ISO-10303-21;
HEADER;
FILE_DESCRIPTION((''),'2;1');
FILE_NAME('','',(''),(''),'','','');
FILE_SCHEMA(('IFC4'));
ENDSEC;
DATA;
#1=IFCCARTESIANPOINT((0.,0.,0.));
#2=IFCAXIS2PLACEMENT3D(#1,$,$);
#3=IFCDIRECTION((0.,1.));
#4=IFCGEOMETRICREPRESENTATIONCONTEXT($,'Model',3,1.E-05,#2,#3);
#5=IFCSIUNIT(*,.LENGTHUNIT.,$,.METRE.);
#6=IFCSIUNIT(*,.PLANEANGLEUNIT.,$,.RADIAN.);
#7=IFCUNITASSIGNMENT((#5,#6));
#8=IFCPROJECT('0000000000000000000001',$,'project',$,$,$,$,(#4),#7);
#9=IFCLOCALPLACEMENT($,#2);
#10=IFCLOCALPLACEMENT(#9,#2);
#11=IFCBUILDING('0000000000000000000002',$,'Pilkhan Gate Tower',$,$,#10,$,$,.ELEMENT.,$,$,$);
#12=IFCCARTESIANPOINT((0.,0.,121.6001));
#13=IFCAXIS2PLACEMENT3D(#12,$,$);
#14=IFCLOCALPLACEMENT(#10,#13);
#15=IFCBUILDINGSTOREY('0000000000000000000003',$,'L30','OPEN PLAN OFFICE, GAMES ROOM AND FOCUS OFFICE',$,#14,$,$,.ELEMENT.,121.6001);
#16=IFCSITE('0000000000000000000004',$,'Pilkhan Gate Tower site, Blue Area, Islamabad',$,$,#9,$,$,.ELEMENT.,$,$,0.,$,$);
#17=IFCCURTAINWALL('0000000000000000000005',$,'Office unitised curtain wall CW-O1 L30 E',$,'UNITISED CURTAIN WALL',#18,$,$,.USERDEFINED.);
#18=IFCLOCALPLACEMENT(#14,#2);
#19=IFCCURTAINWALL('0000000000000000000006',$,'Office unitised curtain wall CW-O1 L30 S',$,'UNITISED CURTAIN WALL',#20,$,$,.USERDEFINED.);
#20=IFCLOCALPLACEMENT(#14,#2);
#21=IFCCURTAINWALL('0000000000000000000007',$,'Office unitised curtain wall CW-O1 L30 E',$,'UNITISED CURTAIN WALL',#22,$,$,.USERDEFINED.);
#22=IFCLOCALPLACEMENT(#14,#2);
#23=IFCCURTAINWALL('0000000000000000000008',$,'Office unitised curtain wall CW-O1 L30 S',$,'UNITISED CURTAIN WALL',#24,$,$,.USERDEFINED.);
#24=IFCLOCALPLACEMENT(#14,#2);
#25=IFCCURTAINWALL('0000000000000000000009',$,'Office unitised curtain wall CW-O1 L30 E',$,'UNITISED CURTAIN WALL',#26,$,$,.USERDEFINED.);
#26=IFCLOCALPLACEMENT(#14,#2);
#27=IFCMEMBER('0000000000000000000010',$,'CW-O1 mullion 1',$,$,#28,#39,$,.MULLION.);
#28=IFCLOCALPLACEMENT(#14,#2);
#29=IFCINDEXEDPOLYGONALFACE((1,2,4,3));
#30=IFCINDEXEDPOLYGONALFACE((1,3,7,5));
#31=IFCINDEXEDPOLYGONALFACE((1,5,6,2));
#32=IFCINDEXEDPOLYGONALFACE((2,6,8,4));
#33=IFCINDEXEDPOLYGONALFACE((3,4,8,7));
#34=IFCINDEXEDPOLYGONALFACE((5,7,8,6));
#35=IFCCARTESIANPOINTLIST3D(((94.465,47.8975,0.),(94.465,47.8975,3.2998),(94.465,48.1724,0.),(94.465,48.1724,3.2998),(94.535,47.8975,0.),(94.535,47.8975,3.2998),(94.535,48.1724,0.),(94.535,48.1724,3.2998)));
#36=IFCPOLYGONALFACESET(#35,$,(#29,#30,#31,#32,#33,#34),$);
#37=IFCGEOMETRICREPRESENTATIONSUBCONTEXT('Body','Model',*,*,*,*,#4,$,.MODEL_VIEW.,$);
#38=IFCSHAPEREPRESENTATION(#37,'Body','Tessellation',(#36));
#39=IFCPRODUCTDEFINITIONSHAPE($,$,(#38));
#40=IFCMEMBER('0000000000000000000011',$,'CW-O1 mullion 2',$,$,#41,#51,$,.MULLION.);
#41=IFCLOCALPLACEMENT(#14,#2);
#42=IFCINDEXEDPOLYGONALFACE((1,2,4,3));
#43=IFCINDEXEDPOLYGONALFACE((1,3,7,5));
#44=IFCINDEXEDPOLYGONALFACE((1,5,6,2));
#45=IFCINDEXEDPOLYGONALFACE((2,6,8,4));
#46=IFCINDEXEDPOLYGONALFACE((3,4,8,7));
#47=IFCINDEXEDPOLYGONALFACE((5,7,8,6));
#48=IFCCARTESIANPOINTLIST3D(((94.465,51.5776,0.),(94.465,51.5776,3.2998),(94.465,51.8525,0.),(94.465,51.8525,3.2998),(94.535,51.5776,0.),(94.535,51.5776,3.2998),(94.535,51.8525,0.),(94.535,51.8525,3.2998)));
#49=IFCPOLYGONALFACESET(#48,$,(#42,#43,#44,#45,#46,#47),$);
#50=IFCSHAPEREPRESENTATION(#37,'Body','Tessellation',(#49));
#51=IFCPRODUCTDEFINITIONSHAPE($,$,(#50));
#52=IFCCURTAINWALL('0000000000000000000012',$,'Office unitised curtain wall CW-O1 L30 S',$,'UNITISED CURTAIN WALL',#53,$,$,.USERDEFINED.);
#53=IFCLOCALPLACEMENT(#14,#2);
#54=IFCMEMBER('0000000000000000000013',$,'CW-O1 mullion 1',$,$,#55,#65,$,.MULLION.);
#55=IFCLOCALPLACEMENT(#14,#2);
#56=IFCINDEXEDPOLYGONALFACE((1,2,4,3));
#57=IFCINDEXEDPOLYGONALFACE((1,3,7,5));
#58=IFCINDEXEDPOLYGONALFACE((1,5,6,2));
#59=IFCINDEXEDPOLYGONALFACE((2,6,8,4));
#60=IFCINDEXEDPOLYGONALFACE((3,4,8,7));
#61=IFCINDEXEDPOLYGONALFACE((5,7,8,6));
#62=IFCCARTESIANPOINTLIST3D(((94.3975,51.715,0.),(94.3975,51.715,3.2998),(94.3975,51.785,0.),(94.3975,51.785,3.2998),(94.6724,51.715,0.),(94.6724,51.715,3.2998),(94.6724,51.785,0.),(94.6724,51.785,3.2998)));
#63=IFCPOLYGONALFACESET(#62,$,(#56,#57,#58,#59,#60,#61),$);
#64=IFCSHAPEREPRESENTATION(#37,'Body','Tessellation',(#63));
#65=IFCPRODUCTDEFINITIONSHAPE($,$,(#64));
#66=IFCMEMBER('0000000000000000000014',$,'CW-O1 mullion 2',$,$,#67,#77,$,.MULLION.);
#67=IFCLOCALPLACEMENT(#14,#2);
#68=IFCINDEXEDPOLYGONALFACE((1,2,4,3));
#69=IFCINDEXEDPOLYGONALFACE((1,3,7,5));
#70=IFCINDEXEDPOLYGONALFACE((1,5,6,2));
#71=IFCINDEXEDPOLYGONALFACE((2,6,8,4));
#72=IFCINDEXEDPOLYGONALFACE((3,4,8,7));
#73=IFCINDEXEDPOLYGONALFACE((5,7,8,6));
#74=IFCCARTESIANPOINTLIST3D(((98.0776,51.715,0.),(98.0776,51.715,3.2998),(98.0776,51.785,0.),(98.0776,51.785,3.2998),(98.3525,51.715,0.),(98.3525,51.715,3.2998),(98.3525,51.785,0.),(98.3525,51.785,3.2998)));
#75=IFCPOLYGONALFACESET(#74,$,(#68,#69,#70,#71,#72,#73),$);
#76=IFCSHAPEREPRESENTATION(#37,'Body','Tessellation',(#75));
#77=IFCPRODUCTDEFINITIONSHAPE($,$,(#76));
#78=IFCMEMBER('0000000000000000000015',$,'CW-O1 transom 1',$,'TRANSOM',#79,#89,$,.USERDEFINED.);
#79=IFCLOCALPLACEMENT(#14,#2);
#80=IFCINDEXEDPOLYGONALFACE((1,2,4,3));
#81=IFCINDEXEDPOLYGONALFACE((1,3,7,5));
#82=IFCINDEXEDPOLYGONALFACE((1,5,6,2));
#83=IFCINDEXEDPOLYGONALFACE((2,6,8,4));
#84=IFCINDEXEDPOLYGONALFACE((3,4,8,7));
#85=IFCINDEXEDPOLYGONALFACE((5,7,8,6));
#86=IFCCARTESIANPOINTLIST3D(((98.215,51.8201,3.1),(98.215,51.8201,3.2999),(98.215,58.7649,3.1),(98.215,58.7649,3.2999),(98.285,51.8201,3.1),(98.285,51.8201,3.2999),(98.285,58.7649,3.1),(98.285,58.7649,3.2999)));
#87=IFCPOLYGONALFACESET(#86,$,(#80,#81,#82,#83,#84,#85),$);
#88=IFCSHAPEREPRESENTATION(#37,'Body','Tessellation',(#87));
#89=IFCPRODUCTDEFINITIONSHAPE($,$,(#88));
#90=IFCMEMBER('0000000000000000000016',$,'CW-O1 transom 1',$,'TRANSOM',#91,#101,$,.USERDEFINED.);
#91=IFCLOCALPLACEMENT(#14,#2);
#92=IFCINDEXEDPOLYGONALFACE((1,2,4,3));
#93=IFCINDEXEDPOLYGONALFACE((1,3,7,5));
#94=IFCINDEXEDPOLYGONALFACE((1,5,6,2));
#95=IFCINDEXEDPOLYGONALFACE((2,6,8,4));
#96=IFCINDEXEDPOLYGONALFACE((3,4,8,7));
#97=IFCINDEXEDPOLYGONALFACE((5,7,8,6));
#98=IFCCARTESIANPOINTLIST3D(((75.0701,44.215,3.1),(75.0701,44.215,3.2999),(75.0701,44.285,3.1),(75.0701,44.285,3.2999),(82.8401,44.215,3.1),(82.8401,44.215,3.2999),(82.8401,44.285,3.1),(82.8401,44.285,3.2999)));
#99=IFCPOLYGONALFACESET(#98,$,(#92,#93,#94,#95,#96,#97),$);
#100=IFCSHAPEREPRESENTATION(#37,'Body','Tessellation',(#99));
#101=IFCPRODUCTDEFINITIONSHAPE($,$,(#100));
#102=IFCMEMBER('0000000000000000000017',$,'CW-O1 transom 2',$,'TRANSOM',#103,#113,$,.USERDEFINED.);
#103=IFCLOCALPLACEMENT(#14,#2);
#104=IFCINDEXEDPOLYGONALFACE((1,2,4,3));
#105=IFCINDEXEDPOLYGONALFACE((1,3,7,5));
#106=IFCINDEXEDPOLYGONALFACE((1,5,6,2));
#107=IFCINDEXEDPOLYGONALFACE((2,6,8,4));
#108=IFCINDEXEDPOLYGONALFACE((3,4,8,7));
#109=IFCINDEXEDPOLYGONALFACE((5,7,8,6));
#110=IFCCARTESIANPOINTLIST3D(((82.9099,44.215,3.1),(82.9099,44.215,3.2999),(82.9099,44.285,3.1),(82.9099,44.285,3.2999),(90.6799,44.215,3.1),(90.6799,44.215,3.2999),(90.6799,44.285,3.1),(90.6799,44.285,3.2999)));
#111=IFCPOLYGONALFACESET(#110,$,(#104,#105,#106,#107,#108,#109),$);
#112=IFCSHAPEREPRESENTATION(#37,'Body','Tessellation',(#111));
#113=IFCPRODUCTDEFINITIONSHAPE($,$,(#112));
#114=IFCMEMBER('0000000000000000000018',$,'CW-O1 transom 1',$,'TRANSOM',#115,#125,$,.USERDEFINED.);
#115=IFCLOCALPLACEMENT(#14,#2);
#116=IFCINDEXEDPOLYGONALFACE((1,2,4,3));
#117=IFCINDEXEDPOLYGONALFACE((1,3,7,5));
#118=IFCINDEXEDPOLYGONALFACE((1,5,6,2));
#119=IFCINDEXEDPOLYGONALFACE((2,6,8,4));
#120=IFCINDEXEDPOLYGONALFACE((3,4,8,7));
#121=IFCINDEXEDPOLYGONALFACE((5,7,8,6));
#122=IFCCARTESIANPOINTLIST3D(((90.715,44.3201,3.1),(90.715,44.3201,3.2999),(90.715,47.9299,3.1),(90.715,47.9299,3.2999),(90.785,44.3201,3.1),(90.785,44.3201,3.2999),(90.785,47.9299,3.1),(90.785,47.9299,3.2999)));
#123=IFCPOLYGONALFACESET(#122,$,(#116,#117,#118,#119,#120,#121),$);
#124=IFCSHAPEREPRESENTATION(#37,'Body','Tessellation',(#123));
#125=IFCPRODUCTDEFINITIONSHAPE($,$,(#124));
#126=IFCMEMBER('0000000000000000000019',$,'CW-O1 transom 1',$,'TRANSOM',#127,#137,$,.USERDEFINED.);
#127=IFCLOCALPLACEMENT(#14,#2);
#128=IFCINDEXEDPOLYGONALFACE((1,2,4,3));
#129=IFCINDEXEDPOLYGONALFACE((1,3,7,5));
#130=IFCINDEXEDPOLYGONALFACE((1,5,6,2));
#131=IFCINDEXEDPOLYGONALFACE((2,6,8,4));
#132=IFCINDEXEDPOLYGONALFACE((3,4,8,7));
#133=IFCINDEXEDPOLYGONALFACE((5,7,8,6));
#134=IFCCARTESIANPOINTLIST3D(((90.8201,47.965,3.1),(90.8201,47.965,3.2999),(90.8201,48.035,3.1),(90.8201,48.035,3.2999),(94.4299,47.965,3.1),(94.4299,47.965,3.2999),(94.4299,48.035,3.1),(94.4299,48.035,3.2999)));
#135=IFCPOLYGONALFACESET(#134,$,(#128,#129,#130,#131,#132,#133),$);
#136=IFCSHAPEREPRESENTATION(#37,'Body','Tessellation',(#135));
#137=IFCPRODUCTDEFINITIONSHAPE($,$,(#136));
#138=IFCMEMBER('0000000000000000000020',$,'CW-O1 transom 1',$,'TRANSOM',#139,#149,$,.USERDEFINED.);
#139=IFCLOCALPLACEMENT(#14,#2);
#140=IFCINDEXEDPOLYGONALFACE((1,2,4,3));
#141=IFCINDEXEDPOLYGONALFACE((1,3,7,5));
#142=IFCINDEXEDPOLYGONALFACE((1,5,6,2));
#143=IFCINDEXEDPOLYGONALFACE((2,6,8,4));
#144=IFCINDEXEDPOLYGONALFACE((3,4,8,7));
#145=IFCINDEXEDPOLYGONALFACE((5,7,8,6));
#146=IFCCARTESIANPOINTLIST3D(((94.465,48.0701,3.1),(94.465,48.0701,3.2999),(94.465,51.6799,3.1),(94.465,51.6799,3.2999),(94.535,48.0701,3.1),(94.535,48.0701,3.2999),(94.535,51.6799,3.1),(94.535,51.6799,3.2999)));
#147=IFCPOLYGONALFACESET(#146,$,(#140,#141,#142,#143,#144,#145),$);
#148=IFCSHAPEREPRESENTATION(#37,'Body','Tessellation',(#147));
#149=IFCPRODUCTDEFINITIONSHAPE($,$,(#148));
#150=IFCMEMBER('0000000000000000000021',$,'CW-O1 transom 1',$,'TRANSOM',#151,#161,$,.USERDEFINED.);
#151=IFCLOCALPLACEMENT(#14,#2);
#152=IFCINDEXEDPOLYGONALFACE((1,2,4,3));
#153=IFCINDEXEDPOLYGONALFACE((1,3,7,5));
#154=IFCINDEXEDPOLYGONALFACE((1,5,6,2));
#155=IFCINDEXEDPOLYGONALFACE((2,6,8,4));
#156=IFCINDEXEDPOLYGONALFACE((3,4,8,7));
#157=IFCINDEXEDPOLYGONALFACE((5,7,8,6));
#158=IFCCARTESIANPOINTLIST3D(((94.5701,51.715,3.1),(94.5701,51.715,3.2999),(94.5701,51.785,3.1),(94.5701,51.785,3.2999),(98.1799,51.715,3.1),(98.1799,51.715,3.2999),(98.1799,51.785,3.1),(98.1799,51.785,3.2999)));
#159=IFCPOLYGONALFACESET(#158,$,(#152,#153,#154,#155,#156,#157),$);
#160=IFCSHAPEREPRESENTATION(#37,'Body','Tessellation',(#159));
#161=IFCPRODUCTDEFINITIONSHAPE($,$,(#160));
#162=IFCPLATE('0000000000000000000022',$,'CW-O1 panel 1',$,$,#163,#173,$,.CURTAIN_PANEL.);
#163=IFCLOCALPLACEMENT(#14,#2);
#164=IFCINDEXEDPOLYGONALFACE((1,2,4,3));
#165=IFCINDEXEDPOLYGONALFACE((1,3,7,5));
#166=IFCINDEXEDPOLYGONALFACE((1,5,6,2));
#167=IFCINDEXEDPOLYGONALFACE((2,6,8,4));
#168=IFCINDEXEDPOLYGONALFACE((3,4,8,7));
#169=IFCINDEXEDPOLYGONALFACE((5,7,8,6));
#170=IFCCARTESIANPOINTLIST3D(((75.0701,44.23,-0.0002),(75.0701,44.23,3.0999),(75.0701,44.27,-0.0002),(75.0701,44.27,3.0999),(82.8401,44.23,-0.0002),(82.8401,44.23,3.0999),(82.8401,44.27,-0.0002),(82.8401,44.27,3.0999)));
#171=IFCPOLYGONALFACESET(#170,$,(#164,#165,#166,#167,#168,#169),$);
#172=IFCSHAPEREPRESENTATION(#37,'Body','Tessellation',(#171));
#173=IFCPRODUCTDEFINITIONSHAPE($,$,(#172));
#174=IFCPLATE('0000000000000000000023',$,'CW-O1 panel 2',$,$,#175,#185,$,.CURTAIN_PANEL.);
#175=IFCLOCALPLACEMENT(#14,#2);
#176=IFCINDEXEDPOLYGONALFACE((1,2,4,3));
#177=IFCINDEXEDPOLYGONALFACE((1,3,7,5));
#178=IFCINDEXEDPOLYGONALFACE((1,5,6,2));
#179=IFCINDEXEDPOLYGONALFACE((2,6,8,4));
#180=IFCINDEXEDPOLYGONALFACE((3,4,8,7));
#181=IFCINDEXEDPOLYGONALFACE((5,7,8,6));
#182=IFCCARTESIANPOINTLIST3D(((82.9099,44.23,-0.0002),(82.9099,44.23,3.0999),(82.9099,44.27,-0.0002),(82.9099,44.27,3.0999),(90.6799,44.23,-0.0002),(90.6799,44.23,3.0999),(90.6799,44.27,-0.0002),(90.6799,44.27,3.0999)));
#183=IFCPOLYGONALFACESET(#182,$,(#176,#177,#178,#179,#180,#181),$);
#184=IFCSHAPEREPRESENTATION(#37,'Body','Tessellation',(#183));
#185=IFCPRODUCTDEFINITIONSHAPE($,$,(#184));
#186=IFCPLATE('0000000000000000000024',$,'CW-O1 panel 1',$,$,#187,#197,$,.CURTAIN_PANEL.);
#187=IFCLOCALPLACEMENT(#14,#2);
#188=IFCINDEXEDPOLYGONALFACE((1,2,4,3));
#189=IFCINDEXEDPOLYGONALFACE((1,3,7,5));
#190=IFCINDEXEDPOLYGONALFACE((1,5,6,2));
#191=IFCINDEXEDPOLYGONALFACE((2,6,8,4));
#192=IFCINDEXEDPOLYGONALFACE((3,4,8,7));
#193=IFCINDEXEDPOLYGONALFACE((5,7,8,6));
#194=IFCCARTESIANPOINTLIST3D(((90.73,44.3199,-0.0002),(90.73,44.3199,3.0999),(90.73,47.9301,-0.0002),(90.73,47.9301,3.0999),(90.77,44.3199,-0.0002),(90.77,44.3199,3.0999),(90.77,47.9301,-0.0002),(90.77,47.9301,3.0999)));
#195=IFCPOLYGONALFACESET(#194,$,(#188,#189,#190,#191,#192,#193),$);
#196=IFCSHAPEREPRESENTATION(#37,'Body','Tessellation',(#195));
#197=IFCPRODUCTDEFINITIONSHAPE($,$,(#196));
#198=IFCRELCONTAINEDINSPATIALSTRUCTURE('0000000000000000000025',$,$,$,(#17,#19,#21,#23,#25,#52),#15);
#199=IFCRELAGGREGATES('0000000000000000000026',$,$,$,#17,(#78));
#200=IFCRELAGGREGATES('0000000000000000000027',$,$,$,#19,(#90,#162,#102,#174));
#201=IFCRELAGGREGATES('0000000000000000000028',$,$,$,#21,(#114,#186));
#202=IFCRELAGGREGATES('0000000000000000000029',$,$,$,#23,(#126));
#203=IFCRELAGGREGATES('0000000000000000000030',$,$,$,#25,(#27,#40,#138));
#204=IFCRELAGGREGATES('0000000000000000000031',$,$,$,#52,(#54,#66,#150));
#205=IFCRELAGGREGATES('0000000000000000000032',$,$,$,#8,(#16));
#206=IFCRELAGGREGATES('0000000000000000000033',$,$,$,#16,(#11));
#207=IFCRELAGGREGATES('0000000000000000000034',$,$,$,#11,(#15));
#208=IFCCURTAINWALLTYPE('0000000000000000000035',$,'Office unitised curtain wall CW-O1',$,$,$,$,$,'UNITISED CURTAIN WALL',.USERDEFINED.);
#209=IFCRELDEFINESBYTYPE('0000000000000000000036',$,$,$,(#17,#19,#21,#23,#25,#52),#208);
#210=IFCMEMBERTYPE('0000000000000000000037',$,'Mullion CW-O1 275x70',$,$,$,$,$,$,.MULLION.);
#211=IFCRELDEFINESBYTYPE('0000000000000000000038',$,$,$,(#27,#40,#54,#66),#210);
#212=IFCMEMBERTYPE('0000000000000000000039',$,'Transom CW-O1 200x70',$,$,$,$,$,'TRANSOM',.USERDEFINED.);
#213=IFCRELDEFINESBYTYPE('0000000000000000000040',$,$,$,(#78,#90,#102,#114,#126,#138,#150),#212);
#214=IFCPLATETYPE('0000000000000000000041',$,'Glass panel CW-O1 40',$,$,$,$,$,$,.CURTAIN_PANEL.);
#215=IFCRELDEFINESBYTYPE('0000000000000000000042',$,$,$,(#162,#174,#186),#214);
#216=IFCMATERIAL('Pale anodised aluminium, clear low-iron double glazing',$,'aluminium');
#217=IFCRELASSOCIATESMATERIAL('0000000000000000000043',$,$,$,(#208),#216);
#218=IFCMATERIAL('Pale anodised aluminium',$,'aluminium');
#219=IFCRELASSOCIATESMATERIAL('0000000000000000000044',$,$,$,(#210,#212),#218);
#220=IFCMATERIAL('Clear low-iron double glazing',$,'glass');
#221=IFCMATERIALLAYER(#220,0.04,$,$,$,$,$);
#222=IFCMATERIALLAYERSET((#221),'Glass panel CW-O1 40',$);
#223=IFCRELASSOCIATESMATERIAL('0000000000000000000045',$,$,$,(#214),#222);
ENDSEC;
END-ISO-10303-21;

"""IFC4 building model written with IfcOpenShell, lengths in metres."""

from ifc_helpers import new_model, si_unit, direction, frame, origin, origin_2d, place, context, subcontext, project, spatial, rectangle, extrude, material, layer, layer_set, material_profile, profile_set, type_object, element, aggregate, save


model = new_model("IFC4")

# Units and contexts
model_context = context("Model", 3, precision=1e-05, world=origin(), true_north=direction((0.0, 1.0)))
body_context = subcontext(model_context, "Body", "Model", "MODEL_VIEW")
ifc_project = project(units=[si_unit("LENGTHUNIT", "METRE"), si_unit("PLANEANGLEUNIT", "RADIAN")], contexts=[model_context])

# Site, building, storey
site_placement = place(None, origin())
site = spatial("IfcSite", under=ifc_project, at=site_placement, Name="Pilkhan Gate Tower site, Blue Area, Islamabad", CompositionType="ELEMENT", RefElevation=0.0)
building_placement = place(site_placement, origin())
building = spatial("IfcBuilding", under=site, at=building_placement, Name="Pilkhan Gate Tower", CompositionType="ELEMENT")
storey_placement = place(building_placement, frame((0.0, 0.0, 121.6001)))
storey = spatial("IfcBuildingStorey", under=building, at=storey_placement, Name="L30", Description="OPEN PLAN OFFICE, GAMES ROOM AND FOCUS OFFICE", CompositionType="ELEMENT", Elevation=121.6001)

# Curtain wall
ifc_material_1 = material(Name="Pale anodised aluminium, clear low-iron double glazing", Category="aluminium")
curtain_wall_type = type_object("IfcCurtainWallType", Name="Office unitised curtain wall CW-O1", ElementType="UNITISED CURTAIN WALL", PredefinedType="USERDEFINED", material=ifc_material_1)
curtain_wall_1_placement = place(storey_placement, origin())
curtain_wall_1 = element("IfcCurtainWall", 1, at=curtain_wall_1_placement, inside=storey, type_object=curtain_wall_type, Name="Office unitised curtain wall CW-O1 L30 E", ObjectType="UNITISED CURTAIN WALL", PredefinedType="USERDEFINED")
ifc_material_2 = material(Name="Pale anodised aluminium", Category="aluminium")
ifc_material_profile_1 = material_profile(ifc_material_2, rectangle(XDim=0.0701, YDim=0.2749, at=origin_2d()), Name="Mullion 275x70")
ifc_profile_set_1 = profile_set([ifc_material_profile_1], Name="Pale anodised aluminium")
member_type_1 = type_object("IfcMemberType", Name="Mullion CW-O1 275x70", PredefinedType="MULLION", material=ifc_profile_set_1)

# Curtain walls, members
curtain_wall_2_placement = place(storey_placement, origin())
curtain_wall_2 = element("IfcCurtainWall", 2, at=curtain_wall_2_placement, inside=storey, type_object=curtain_wall_type, Name="Office unitised curtain wall CW-O1 L30 S", ObjectType="UNITISED CURTAIN WALL", PredefinedType="USERDEFINED")
curtain_wall_3_placement = place(storey_placement, origin())
curtain_wall_3 = element("IfcCurtainWall", 3, at=curtain_wall_3_placement, inside=storey, type_object=curtain_wall_type, Name="Office unitised curtain wall CW-O1 L30 E", ObjectType="UNITISED CURTAIN WALL", PredefinedType="USERDEFINED")
curtain_wall_4_placement = place(storey_placement, origin())
curtain_wall_4 = element("IfcCurtainWall", 4, at=curtain_wall_4_placement, inside=storey, type_object=curtain_wall_type, Name="Office unitised curtain wall CW-O1 L30 S", ObjectType="UNITISED CURTAIN WALL", PredefinedType="USERDEFINED")
curtain_wall_5_placement = place(storey_placement, origin())
curtain_wall_5 = element("IfcCurtainWall", 5, at=curtain_wall_5_placement, inside=storey, type_object=curtain_wall_type, Name="Office unitised curtain wall CW-O1 L30 E", ObjectType="UNITISED CURTAIN WALL", PredefinedType="USERDEFINED")
member_1_placement = place(storey_placement, frame((94.5, 48.0349, 0.0), z_axis=(0.0, 0.0, 1.0), x_axis=(-1.0, 0.0, 0.0)))
member_1 = element("IfcMember", 6, at=member_1_placement, type_object=member_type_1, Name="CW-O1 mullion 1", PredefinedType="MULLION", context=body_context, shape_type="SweptSolid", body=[
    extrude(rectangle(XDim=0.0701, YDim=0.2749, at=origin_2d()), origin(), (0.0, 0.0, 1.0), 3.2998),
])
member_2_placement = place(storey_placement, frame((94.5, 51.7151, 0.0), z_axis=(0.0, 0.0, 1.0), x_axis=(-1.0, 0.0, 0.0)))
member_2 = element("IfcMember", 7, at=member_2_placement, type_object=member_type_1, Name="CW-O1 mullion 2", PredefinedType="MULLION", context=body_context, shape_type="SweptSolid", body=[
    extrude(rectangle(XDim=0.0701, YDim=0.2749, at=origin_2d()), origin(), (0.0, 0.0, 1.0), 3.2998),
])
curtain_wall_6_placement = place(storey_placement, origin())
curtain_wall_6 = element("IfcCurtainWall", 8, at=curtain_wall_6_placement, inside=storey, type_object=curtain_wall_type, Name="Office unitised curtain wall CW-O1 L30 S", ObjectType="UNITISED CURTAIN WALL", PredefinedType="USERDEFINED")
member_3_placement = place(storey_placement, frame((94.5349, 51.75, 0.0), z_axis=(0.0, 0.0, 1.0), x_axis=(0.0, 1.0, 0.0)))
member_3 = element("IfcMember", 9, at=member_3_placement, type_object=member_type_1, Name="CW-O1 mullion 1", PredefinedType="MULLION", context=body_context, shape_type="SweptSolid", body=[
    extrude(rectangle(XDim=0.0701, YDim=0.2749, at=origin_2d()), origin(), (0.0, 0.0, 1.0), 3.2998),
])
member_4_placement = place(storey_placement, frame((98.2151, 51.75, 0.0), z_axis=(0.0, 0.0, 1.0), x_axis=(0.0, 1.0, 0.0)))
member_4 = element("IfcMember", 10, at=member_4_placement, type_object=member_type_1, Name="CW-O1 mullion 2", PredefinedType="MULLION", context=body_context, shape_type="SweptSolid", body=[
    extrude(rectangle(XDim=0.0701, YDim=0.2749, at=origin_2d()), origin(), (0.0, 0.0, 1.0), 3.2998),
])

# Members
ifc_material_profile_2 = material_profile(ifc_material_2, rectangle(XDim=0.0701, YDim=0.2, at=origin_2d()), Name="Transom 200x70")
ifc_profile_set_2 = profile_set([ifc_material_profile_2], Name="Pale anodised aluminium")
member_type_2 = type_object("IfcMemberType", Name="Transom CW-O1 200x70", ElementType="TRANSOM", PredefinedType="USERDEFINED", material=ifc_profile_set_2)
member_5_placement = place(storey_placement, frame((98.25, 51.8201, 3.2), z_axis=(0.0, 1.0, 0.0), x_axis=(-1.0, 0.0, 0.0)))
member_5 = element("IfcMember", 11, at=member_5_placement, type_object=member_type_2, Name="CW-O1 transom 1", ObjectType="TRANSOM", PredefinedType="USERDEFINED", context=body_context, shape_type="SweptSolid", body=[
    extrude(rectangle(XDim=0.0701, YDim=0.2, at=origin_2d()), origin(), (0.0, 0.0, 1.0), 6.9448),
])
aggregate(curtain_wall_1, [member_5])
member_6_placement = place(storey_placement, frame((75.0701, 44.25, 3.2), z_axis=(1.0, 0.0, 0.0), x_axis=(0.0, 1.0, 0.0)))
member_6 = element("IfcMember", 12, at=member_6_placement, type_object=member_type_2, Name="CW-O1 transom 1", ObjectType="TRANSOM", PredefinedType="USERDEFINED", context=body_context, shape_type="SweptSolid", body=[
    extrude(rectangle(XDim=0.0701, YDim=0.2, at=origin_2d()), origin(), (0.0, 0.0, 1.0), 7.77),
])
member_7_placement = place(storey_placement, frame((82.9099, 44.25, 3.2), z_axis=(1.0, 0.0, 0.0), x_axis=(0.0, 1.0, 0.0)))
member_7 = element("IfcMember", 13, at=member_7_placement, type_object=member_type_2, Name="CW-O1 transom 2", ObjectType="TRANSOM", PredefinedType="USERDEFINED", context=body_context, shape_type="SweptSolid", body=[
    extrude(rectangle(XDim=0.0701, YDim=0.2, at=origin_2d()), origin(), (0.0, 0.0, 1.0), 7.77),
])
member_8_placement = place(storey_placement, frame((90.75, 44.3201, 3.2), z_axis=(0.0, 1.0, 0.0), x_axis=(-1.0, 0.0, 0.0)))
member_8 = element("IfcMember", 14, at=member_8_placement, type_object=member_type_2, Name="CW-O1 transom 1", ObjectType="TRANSOM", PredefinedType="USERDEFINED", context=body_context, shape_type="SweptSolid", body=[
    extrude(rectangle(XDim=0.0701, YDim=0.2, at=origin_2d()), origin(), (0.0, 0.0, 1.0), 3.6099),
])
member_9_placement = place(storey_placement, frame((90.8201, 48.0, 3.2), z_axis=(1.0, 0.0, 0.0), x_axis=(0.0, 1.0, 0.0)))
member_9 = element("IfcMember", 15, at=member_9_placement, type_object=member_type_2, Name="CW-O1 transom 1", ObjectType="TRANSOM", PredefinedType="USERDEFINED", context=body_context, shape_type="SweptSolid", body=[
    extrude(rectangle(XDim=0.0701, YDim=0.2, at=origin_2d()), origin(), (0.0, 0.0, 1.0), 3.6099),
])
member_10_placement = place(storey_placement, frame((94.5, 48.0701, 3.2), z_axis=(0.0, 1.0, 0.0), x_axis=(-1.0, 0.0, 0.0)))
member_10 = element("IfcMember", 16, at=member_10_placement, type_object=member_type_2, Name="CW-O1 transom 1", ObjectType="TRANSOM", PredefinedType="USERDEFINED", context=body_context, shape_type="SweptSolid", body=[
    extrude(rectangle(XDim=0.0701, YDim=0.2, at=origin_2d()), origin(), (0.0, 0.0, 1.0), 3.6099),
])
member_11_placement = place(storey_placement, frame((94.5701, 51.75, 3.2), z_axis=(1.0, 0.0, 0.0), x_axis=(0.0, 1.0, 0.0)))
member_11 = element("IfcMember", 17, at=member_11_placement, type_object=member_type_2, Name="CW-O1 transom 1", ObjectType="TRANSOM", PredefinedType="USERDEFINED", context=body_context, shape_type="SweptSolid", body=[
    extrude(rectangle(XDim=0.0701, YDim=0.2, at=origin_2d()), origin(), (0.0, 0.0, 1.0), 3.6099),
])

# Plates
ifc_material_3 = material(Name="Clear low-iron double glazing", Category="glass")
ifc_layer_1 = layer(ifc_material_3, 0.04)
ifc_layer_set_1 = layer_set([ifc_layer_1], Name="Glass panel CW-O1 40")
plate_type = type_object("IfcPlateType", Name="Glass panel CW-O1 40", PredefinedType="CURTAIN_PANEL", material=ifc_layer_set_1)
plate_1_placement = place(storey_placement, frame((78.9551, 44.25, -0.0002), z_axis=(0.0, 0.0, 1.0), x_axis=(1.0, 0.0, 0.0)))
plate_1 = element("IfcPlate", 18, at=plate_1_placement, type_object=plate_type, Name="CW-O1 panel 1", PredefinedType="CURTAIN_PANEL", context=body_context, shape_type="SweptSolid", body=[
    extrude(rectangle(XDim=7.77, YDim=0.04, at=origin_2d()), origin(), (0.0, 0.0, 1.0), 3.1001),
])
plate_2_placement = place(storey_placement, frame((86.7949, 44.25, -0.0002), z_axis=(0.0, 0.0, 1.0), x_axis=(1.0, 0.0, 0.0)))
plate_2 = element("IfcPlate", 19, at=plate_2_placement, type_object=plate_type, Name="CW-O1 panel 2", PredefinedType="CURTAIN_PANEL", context=body_context, shape_type="SweptSolid", body=[
    extrude(rectangle(XDim=7.77, YDim=0.04, at=origin_2d()), origin(), (0.0, 0.0, 1.0), 3.1001),
])
aggregate(curtain_wall_2, [member_6, plate_1, member_7, plate_2])
plate_3_placement = place(storey_placement, frame((90.75, 46.125, -0.0002), z_axis=(0.0, 0.0, 1.0), x_axis=(0.0, 1.0, 0.0)))
plate_3 = element("IfcPlate", 20, at=plate_3_placement, type_object=plate_type, Name="CW-O1 panel 1", PredefinedType="CURTAIN_PANEL", context=body_context, shape_type="SweptSolid", body=[
    extrude(rectangle(XDim=3.6101, YDim=0.04, at=origin_2d()), origin(), (0.0, 0.0, 1.0), 3.1001),
])
aggregate(curtain_wall_3, [member_8, plate_3])
aggregate(curtain_wall_4, [member_9])
aggregate(curtain_wall_5, [member_1, member_2, member_10])
aggregate(curtain_wall_6, [member_3, member_4, member_11])

save(model, "model.ifc")
